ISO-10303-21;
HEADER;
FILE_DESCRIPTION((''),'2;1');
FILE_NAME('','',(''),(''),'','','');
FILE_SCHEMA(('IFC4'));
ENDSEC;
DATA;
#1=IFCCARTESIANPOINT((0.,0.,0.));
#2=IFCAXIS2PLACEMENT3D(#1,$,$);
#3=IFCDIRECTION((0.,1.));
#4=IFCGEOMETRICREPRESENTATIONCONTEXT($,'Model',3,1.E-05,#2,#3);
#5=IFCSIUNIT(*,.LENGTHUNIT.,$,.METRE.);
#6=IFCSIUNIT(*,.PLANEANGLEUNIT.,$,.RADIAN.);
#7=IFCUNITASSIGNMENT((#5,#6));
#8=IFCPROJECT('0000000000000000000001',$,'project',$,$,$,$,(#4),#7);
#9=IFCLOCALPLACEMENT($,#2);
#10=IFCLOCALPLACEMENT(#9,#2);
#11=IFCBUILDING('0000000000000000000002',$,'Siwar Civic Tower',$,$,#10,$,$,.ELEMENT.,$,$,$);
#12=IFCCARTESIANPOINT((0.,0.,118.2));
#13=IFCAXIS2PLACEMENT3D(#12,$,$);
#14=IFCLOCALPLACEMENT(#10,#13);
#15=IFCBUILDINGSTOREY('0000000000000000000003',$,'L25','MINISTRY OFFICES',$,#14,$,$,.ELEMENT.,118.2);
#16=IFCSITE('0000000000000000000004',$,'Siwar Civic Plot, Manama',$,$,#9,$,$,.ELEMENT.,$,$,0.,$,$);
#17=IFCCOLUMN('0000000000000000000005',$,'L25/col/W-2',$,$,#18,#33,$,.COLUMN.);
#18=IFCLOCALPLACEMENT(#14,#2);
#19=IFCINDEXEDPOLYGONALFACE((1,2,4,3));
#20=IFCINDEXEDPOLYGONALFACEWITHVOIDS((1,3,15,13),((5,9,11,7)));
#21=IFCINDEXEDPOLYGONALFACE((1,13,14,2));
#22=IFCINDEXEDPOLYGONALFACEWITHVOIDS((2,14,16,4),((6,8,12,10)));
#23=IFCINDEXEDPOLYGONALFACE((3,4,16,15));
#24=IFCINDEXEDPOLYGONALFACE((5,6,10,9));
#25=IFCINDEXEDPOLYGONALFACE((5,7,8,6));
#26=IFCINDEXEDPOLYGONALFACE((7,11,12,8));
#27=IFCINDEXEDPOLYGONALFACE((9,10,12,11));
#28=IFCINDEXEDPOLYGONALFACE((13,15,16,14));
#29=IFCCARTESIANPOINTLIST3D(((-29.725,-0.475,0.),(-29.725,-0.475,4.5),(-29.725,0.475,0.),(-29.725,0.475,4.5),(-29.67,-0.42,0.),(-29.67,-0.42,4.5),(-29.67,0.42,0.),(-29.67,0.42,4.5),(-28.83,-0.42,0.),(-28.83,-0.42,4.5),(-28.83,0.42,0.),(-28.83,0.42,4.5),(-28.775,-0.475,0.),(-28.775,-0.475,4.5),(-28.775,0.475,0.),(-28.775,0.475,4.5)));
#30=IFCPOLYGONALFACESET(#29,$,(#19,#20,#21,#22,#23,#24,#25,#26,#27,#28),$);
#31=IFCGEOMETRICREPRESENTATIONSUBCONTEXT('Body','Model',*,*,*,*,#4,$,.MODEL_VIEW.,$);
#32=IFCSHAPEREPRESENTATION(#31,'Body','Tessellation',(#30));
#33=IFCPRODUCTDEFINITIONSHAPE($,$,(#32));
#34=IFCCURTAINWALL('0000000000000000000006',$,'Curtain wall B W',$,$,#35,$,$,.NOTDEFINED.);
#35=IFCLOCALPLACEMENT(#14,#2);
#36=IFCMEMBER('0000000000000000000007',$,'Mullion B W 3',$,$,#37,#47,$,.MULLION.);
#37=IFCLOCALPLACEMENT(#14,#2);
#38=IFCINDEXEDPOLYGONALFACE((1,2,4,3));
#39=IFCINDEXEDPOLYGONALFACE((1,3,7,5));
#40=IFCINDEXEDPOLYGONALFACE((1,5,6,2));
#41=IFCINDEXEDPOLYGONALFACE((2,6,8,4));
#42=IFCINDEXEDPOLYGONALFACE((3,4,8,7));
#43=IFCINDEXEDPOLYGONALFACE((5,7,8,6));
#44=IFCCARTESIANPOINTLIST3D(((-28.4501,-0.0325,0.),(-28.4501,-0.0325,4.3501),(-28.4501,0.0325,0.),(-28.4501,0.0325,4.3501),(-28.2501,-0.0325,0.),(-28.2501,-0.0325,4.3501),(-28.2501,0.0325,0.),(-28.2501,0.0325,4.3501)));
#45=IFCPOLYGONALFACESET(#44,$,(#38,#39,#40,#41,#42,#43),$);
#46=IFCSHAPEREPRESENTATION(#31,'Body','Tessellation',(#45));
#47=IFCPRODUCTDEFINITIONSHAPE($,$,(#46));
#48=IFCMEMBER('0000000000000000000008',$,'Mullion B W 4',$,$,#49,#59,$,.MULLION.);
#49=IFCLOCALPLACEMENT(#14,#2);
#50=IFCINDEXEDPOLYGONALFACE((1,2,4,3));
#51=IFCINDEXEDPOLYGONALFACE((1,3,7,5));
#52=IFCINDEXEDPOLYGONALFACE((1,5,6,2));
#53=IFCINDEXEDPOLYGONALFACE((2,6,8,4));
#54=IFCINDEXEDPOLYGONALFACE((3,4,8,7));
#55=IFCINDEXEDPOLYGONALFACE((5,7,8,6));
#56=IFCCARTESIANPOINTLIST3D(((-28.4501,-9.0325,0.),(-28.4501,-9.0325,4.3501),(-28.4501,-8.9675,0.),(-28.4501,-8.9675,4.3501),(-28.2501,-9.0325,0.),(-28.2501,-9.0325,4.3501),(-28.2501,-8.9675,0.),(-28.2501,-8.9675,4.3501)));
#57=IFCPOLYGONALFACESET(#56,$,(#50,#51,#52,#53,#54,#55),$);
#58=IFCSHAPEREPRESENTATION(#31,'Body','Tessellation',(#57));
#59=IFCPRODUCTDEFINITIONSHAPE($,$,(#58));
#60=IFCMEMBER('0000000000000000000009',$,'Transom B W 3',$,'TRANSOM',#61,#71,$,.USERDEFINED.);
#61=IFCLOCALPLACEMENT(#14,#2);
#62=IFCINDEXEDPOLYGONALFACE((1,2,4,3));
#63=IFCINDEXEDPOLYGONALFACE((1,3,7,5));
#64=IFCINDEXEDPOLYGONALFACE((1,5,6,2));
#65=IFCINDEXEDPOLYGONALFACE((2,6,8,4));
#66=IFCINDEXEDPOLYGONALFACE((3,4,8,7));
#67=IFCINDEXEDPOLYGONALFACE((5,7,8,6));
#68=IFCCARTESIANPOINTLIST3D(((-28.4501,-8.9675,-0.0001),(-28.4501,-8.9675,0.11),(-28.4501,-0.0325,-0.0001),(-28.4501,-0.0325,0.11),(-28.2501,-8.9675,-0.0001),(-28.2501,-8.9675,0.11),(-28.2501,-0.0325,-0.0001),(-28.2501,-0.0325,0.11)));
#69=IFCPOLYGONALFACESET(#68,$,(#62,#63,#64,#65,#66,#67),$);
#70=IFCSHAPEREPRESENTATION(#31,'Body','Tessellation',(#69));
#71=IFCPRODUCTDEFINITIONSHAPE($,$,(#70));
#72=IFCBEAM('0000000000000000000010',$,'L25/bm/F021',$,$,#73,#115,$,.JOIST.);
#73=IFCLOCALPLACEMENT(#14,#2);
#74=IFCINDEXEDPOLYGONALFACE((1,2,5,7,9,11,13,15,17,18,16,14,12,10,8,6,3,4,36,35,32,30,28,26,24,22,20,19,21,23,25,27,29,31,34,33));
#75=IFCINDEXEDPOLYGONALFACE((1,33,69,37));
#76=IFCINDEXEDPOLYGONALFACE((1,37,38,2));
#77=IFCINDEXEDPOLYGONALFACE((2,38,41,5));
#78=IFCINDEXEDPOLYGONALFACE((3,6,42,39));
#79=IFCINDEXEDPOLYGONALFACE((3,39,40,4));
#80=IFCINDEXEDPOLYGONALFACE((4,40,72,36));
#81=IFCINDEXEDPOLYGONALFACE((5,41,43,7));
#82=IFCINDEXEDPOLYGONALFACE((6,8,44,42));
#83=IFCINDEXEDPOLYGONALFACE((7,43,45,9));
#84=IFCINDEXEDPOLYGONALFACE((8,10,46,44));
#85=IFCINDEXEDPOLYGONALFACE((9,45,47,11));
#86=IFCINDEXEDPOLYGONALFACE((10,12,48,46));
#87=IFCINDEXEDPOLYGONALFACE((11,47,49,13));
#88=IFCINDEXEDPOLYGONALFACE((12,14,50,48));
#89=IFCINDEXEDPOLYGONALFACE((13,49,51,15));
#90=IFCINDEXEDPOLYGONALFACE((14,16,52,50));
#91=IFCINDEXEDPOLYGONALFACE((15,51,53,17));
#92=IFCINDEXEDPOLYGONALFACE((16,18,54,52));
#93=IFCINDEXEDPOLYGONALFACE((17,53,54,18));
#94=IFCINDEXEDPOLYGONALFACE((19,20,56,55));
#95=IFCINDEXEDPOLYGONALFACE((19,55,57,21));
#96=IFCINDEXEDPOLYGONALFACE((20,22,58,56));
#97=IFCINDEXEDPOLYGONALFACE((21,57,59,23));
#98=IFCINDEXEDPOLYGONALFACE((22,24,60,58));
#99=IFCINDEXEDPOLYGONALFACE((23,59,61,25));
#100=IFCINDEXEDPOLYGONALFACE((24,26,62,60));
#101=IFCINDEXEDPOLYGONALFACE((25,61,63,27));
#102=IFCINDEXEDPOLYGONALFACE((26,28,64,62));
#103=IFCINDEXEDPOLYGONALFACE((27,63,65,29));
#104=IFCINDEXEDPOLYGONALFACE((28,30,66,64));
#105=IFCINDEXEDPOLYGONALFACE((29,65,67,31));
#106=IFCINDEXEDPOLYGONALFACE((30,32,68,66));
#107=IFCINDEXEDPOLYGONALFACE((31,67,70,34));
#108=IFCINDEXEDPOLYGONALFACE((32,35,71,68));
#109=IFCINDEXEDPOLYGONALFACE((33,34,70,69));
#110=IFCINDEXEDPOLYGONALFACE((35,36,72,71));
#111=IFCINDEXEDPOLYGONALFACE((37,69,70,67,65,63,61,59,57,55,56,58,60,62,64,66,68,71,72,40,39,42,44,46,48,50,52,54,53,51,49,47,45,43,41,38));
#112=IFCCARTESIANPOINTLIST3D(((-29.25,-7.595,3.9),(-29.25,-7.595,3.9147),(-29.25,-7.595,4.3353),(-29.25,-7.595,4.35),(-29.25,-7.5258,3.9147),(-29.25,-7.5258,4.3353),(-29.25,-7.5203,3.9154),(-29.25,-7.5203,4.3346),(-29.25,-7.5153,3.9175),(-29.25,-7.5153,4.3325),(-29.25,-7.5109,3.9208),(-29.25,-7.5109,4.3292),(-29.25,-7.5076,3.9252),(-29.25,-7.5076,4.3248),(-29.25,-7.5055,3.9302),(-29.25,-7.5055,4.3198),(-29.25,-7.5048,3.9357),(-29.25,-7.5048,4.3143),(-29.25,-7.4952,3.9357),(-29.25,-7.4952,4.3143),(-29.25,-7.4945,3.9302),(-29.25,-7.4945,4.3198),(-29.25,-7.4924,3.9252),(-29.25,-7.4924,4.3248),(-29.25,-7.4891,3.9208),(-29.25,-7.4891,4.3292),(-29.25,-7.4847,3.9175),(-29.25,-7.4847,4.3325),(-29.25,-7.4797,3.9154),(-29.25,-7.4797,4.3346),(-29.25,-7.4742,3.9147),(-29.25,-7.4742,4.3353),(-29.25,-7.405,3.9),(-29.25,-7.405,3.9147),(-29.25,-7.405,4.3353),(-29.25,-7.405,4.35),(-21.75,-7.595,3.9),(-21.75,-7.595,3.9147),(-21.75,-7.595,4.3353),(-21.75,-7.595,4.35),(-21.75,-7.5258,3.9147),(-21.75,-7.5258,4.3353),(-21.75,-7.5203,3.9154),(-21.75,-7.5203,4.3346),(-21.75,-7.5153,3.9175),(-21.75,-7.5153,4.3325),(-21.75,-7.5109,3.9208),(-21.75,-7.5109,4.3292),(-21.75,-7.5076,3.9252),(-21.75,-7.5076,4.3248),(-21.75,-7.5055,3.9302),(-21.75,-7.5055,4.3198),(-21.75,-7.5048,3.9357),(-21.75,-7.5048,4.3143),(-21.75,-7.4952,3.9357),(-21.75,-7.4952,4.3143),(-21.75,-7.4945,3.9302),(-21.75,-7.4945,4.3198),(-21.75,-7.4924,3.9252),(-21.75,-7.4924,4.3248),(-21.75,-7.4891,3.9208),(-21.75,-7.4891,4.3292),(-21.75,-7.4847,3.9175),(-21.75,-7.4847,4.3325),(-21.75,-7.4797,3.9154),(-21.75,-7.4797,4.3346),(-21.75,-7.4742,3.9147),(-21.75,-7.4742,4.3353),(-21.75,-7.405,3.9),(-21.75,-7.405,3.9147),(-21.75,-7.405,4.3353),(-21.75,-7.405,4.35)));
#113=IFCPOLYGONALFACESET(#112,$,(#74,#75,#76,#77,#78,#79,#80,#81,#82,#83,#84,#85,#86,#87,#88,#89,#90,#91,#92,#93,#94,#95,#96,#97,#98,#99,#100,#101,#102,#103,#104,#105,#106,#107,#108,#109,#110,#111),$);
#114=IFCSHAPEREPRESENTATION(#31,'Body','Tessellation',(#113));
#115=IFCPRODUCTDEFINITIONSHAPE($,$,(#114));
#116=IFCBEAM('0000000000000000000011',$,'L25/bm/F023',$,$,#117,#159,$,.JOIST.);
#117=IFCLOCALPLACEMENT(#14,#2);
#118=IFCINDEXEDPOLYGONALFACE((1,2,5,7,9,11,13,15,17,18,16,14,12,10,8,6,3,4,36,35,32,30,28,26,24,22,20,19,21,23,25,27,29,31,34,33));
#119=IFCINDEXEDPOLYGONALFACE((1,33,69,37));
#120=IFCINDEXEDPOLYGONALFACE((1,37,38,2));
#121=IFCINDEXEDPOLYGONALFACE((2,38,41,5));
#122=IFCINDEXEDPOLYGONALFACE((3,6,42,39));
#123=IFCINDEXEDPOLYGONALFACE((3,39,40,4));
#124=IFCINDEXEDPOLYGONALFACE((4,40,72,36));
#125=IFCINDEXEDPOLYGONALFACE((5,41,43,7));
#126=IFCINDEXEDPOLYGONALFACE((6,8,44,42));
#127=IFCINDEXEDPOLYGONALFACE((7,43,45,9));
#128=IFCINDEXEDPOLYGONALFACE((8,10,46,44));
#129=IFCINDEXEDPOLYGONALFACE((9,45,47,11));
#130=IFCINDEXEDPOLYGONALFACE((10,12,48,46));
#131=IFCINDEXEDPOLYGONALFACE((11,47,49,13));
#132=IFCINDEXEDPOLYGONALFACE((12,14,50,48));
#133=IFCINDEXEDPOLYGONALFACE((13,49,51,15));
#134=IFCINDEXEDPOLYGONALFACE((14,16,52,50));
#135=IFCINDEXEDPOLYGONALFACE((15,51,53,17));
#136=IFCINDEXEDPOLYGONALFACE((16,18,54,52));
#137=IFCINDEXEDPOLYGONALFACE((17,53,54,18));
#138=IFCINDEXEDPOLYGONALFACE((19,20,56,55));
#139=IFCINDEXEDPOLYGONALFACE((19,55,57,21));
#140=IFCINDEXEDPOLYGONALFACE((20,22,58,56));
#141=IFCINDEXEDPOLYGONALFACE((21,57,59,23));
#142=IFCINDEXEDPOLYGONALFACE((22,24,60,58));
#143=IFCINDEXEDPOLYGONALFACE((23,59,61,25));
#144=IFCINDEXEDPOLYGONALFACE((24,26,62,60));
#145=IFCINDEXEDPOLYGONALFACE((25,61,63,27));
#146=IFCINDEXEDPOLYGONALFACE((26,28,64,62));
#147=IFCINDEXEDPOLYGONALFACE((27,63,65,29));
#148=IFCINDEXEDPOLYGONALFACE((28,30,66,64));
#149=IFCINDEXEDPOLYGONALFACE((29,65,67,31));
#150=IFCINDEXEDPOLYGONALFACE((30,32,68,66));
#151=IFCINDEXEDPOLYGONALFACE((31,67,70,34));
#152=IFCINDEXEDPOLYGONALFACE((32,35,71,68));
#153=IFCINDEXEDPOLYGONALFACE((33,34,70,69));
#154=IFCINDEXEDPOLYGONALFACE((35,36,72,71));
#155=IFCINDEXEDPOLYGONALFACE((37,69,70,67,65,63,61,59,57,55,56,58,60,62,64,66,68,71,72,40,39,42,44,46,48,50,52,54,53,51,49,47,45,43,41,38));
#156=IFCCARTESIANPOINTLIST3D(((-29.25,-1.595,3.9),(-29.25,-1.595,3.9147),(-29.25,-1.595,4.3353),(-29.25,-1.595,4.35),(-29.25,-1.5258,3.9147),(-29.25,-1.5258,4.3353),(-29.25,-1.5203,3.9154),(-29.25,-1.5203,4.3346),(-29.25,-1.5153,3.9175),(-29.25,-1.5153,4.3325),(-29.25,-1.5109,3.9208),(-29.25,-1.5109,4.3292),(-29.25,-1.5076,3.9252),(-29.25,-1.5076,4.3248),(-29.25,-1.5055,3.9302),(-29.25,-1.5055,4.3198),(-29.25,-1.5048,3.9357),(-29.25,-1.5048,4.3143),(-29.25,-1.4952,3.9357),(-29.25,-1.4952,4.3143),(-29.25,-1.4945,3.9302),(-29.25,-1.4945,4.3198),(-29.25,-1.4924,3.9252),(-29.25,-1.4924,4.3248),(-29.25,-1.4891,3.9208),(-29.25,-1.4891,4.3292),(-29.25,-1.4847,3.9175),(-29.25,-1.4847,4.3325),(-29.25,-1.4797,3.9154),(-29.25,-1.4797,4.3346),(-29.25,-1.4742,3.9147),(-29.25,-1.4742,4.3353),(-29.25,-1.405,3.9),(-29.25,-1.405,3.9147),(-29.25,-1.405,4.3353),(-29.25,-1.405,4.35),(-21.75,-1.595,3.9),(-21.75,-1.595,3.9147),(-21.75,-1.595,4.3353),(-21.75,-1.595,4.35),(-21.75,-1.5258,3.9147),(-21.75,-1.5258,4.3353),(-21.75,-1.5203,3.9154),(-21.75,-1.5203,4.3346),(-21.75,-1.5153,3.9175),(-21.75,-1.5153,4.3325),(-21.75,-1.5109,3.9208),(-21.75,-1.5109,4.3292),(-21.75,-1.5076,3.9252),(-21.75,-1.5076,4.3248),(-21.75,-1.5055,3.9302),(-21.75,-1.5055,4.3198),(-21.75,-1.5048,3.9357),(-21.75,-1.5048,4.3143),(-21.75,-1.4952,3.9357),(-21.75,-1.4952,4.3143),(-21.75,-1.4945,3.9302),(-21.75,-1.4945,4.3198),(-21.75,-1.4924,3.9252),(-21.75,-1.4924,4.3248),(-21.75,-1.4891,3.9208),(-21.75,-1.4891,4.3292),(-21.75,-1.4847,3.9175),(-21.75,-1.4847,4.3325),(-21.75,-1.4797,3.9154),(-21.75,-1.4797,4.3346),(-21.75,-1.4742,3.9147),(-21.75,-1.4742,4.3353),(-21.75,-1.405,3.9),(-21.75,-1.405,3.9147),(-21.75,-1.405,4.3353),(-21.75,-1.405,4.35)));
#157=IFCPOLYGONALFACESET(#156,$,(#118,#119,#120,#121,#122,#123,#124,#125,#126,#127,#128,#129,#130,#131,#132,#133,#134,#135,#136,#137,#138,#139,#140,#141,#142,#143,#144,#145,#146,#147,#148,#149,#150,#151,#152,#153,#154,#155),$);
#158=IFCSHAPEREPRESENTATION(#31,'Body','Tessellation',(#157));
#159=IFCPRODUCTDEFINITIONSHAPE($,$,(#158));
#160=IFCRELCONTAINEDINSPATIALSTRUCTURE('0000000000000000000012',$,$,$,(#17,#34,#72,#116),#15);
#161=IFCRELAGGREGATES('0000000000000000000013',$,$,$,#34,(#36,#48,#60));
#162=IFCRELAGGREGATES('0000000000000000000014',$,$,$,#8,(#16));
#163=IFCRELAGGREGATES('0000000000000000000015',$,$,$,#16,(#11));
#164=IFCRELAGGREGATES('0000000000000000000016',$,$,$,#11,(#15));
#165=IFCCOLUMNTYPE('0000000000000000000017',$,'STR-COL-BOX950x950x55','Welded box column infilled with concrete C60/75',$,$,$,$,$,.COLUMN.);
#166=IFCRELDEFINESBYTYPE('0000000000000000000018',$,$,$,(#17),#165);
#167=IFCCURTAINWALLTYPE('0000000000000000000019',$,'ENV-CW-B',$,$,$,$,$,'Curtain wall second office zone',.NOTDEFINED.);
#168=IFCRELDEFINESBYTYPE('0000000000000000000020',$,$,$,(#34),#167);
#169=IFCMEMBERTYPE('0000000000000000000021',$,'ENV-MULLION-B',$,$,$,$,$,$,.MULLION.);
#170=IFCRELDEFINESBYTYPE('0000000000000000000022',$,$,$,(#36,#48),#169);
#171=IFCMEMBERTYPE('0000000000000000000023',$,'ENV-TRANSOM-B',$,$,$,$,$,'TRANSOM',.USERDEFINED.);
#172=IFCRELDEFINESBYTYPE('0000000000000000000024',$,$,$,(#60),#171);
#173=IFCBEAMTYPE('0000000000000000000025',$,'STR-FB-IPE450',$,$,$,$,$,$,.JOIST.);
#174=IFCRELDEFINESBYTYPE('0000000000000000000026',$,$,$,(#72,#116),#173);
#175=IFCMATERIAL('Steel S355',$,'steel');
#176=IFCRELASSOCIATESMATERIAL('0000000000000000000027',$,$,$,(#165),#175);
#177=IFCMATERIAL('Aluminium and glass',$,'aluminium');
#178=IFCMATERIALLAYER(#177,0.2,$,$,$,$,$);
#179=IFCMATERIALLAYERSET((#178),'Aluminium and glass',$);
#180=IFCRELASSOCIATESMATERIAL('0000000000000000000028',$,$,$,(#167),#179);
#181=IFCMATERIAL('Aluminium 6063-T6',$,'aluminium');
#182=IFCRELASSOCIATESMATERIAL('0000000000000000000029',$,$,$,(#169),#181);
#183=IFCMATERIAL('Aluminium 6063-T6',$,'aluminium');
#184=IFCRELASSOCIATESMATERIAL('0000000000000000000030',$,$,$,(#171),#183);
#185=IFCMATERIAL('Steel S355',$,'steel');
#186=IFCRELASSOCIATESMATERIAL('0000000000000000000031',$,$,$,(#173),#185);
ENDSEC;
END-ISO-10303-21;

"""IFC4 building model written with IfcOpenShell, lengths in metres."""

from ifc_helpers import new_model, si_unit, direction, frame, origin, origin_2d, place, context, subcontext, project, spatial, rectangle, hollow_rectangle, i_section, extrude, material, layer, layer_set, material_profile, profile_set, type_object, element, aggregate, save


model = new_model("IFC4")

# Units and contexts
model_context = context("Model", 3, precision=1e-05, world=origin(), true_north=direction((0.0, 1.0)))
body_context = subcontext(model_context, "Body", "Model", "MODEL_VIEW")
ifc_project = project(units=[si_unit("LENGTHUNIT", "METRE"), si_unit("PLANEANGLEUNIT", "RADIAN")], contexts=[model_context])

# Site, building, storey
site_placement = place(None, origin())
site = spatial("IfcSite", under=ifc_project, at=site_placement, Name="Siwar Civic Plot, Manama", CompositionType="ELEMENT", RefElevation=0.0)
building_placement = place(site_placement, origin())
building = spatial("IfcBuilding", under=site, at=building_placement, Name="Siwar Civic Tower", CompositionType="ELEMENT")
storey_placement = place(building_placement, frame((0.0, 0.0, 118.2)))
storey = spatial("IfcBuildingStorey", under=building, at=storey_placement, Name="L25", Description="MINISTRY OFFICES", CompositionType="ELEMENT", Elevation=118.2)

# Column
ifc_material_1 = material(Name="Steel S355", Category="steel")
ifc_material_profile_1 = material_profile(ifc_material_1, hollow_rectangle(XDim=0.95, YDim=0.95, WallThickness=0.0549, at=origin_2d()), Name="BOX950x950x55")
ifc_profile_set_1 = profile_set([ifc_material_profile_1], Name="Steel S355")
column_type = type_object("IfcColumnType", Name="STR-COL-BOX950x950x55", Description="Welded box column infilled with concrete C60/75", PredefinedType="COLUMN", material=ifc_profile_set_1)
column_placement = place(storey_placement, frame((-29.25, 0.0, 0.0), z_axis=(0.0, 0.0, 1.0), x_axis=(1.0, 0.0, 0.0)))
element("IfcColumn", 1, at=column_placement, inside=storey, type_object=column_type, Name="L25/col/W-2", PredefinedType="COLUMN", context=body_context, shape_type="SweptSolid", body=[
    extrude(hollow_rectangle(XDim=0.95, YDim=0.95, WallThickness=0.0549, at=origin_2d()), origin(), (0.0, 0.0, 1.0), 4.5),
])

# Curtain wall, members
ifc_material_2 = material(Name="Aluminium and glass", Category="aluminium")
ifc_layer_1 = layer(ifc_material_2, 0.2)
ifc_layer_set_1 = layer_set([ifc_layer_1], Name="Aluminium and glass")
curtain_wall_type = type_object("IfcCurtainWallType", Name="ENV-CW-B", ElementType="Curtain wall second office zone", PredefinedType="NOTDEFINED", material=ifc_layer_set_1)
curtain_wall_placement = place(storey_placement, origin())
curtain_wall = element("IfcCurtainWall", 2, at=curtain_wall_placement, inside=storey, type_object=curtain_wall_type, Name="Curtain wall B W", PredefinedType="NOTDEFINED")
ifc_material_3 = material(Name="Aluminium 6063-T6", Category="aluminium")
ifc_material_profile_2 = material_profile(ifc_material_3, rectangle(XDim=0.2, YDim=0.0649, at=origin_2d()), Name="AL 200x65")
ifc_profile_set_2 = profile_set([ifc_material_profile_2], Name="Aluminium 6063-T6")
member_type_1 = type_object("IfcMemberType", Name="ENV-MULLION-B", PredefinedType="MULLION", material=ifc_profile_set_2)
member_1_placement = place(storey_placement, frame((-28.3501, 0.0, 0.0), z_axis=(0.0, 0.0, 1.0), x_axis=(1.0, 0.0, 0.0)))
member_1 = element("IfcMember", 3, at=member_1_placement, type_object=member_type_1, Name="Mullion B W 3", PredefinedType="MULLION", context=body_context, shape_type="SweptSolid", body=[
    extrude(rectangle(XDim=0.2, YDim=0.0649, at=origin_2d()), origin(), (0.0, 0.0, 1.0), 4.3501),
])
member_2_placement = place(storey_placement, frame((-28.3501, -9.0, 0.0), z_axis=(0.0, 0.0, 1.0), x_axis=(1.0, 0.0, 0.0)))
member_2 = element("IfcMember", 4, at=member_2_placement, type_object=member_type_1, Name="Mullion B W 4", PredefinedType="MULLION", context=body_context, shape_type="SweptSolid", body=[
    extrude(rectangle(XDim=0.2, YDim=0.0649, at=origin_2d()), origin(), (0.0, 0.0, 1.0), 4.3501),
])
ifc_material_4 = material(Name="Aluminium 6063-T6", Category="aluminium")
ifc_material_profile_3 = material_profile(ifc_material_4, rectangle(XDim=0.2, YDim=0.1101, at=origin_2d()), Name="AL 200x110")
ifc_profile_set_3 = profile_set([ifc_material_profile_3], Name="Aluminium 6063-T6")
member_type_2 = type_object("IfcMemberType", Name="ENV-TRANSOM-B", ElementType="TRANSOM", PredefinedType="USERDEFINED", material=ifc_profile_set_3)
member_3_placement = place(storey_placement, frame((-28.3501, -0.0325, 0.0549), z_axis=(0.0, -1.0, 0.0), x_axis=(1.0, 0.0, 0.0)))
member_3 = element("IfcMember", 5, at=member_3_placement, type_object=member_type_2, Name="Transom B W 3", ObjectType="TRANSOM", PredefinedType="USERDEFINED", context=body_context, shape_type="SweptSolid", body=[
    extrude(rectangle(XDim=0.2, YDim=0.1101, at=origin_2d()), origin(), (0.0, 0.0, 1.0), 8.9351),
])

# Beams
ifc_material_5 = material(Name="Steel S355", Category="steel")
ifc_material_profile_4 = material_profile(ifc_material_5, i_section(OverallWidth=0.1899, OverallDepth=0.45, WebThickness=0.0095, FlangeThickness=0.0146, FilletRadius=0.021, at=origin_2d()), Name="IPE450")
ifc_profile_set_4 = profile_set([ifc_material_profile_4], Name="Steel S355")
beam_type_1 = type_object("IfcBeamType", Name="STR-FB-IPE450", PredefinedType="JOIST", material=ifc_profile_set_4)
for number, where, z_axis, x_axis, name in (
    (6, (-29.25, -7.5, 4.125), (1.0, 0.0, 0.0), (0.0, 1.0, 0.0), "L25/bm/F021"),
    (7, (-29.25, -1.5, 4.125), (1.0, 0.0, 0.0), (0.0, 1.0, 0.0), "L25/bm/F023"),
):
    element("IfcBeam", number, at=place(storey_placement, frame(where, z_axis=z_axis, x_axis=x_axis)), inside=storey, type_object=beam_type_1, Name=name, PredefinedType="JOIST", context=body_context, shape_type="SweptSolid", body=[
        extrude(i_section(OverallWidth=0.1899, OverallDepth=0.45, WebThickness=0.0095, FlangeThickness=0.0146, FilletRadius=0.021, at=origin_2d()), origin(), (0.0, 0.0, 1.0), 7.5),
    ])

aggregate(curtain_wall, [member_1, member_2, member_3])

save(model, "model.ifc")
